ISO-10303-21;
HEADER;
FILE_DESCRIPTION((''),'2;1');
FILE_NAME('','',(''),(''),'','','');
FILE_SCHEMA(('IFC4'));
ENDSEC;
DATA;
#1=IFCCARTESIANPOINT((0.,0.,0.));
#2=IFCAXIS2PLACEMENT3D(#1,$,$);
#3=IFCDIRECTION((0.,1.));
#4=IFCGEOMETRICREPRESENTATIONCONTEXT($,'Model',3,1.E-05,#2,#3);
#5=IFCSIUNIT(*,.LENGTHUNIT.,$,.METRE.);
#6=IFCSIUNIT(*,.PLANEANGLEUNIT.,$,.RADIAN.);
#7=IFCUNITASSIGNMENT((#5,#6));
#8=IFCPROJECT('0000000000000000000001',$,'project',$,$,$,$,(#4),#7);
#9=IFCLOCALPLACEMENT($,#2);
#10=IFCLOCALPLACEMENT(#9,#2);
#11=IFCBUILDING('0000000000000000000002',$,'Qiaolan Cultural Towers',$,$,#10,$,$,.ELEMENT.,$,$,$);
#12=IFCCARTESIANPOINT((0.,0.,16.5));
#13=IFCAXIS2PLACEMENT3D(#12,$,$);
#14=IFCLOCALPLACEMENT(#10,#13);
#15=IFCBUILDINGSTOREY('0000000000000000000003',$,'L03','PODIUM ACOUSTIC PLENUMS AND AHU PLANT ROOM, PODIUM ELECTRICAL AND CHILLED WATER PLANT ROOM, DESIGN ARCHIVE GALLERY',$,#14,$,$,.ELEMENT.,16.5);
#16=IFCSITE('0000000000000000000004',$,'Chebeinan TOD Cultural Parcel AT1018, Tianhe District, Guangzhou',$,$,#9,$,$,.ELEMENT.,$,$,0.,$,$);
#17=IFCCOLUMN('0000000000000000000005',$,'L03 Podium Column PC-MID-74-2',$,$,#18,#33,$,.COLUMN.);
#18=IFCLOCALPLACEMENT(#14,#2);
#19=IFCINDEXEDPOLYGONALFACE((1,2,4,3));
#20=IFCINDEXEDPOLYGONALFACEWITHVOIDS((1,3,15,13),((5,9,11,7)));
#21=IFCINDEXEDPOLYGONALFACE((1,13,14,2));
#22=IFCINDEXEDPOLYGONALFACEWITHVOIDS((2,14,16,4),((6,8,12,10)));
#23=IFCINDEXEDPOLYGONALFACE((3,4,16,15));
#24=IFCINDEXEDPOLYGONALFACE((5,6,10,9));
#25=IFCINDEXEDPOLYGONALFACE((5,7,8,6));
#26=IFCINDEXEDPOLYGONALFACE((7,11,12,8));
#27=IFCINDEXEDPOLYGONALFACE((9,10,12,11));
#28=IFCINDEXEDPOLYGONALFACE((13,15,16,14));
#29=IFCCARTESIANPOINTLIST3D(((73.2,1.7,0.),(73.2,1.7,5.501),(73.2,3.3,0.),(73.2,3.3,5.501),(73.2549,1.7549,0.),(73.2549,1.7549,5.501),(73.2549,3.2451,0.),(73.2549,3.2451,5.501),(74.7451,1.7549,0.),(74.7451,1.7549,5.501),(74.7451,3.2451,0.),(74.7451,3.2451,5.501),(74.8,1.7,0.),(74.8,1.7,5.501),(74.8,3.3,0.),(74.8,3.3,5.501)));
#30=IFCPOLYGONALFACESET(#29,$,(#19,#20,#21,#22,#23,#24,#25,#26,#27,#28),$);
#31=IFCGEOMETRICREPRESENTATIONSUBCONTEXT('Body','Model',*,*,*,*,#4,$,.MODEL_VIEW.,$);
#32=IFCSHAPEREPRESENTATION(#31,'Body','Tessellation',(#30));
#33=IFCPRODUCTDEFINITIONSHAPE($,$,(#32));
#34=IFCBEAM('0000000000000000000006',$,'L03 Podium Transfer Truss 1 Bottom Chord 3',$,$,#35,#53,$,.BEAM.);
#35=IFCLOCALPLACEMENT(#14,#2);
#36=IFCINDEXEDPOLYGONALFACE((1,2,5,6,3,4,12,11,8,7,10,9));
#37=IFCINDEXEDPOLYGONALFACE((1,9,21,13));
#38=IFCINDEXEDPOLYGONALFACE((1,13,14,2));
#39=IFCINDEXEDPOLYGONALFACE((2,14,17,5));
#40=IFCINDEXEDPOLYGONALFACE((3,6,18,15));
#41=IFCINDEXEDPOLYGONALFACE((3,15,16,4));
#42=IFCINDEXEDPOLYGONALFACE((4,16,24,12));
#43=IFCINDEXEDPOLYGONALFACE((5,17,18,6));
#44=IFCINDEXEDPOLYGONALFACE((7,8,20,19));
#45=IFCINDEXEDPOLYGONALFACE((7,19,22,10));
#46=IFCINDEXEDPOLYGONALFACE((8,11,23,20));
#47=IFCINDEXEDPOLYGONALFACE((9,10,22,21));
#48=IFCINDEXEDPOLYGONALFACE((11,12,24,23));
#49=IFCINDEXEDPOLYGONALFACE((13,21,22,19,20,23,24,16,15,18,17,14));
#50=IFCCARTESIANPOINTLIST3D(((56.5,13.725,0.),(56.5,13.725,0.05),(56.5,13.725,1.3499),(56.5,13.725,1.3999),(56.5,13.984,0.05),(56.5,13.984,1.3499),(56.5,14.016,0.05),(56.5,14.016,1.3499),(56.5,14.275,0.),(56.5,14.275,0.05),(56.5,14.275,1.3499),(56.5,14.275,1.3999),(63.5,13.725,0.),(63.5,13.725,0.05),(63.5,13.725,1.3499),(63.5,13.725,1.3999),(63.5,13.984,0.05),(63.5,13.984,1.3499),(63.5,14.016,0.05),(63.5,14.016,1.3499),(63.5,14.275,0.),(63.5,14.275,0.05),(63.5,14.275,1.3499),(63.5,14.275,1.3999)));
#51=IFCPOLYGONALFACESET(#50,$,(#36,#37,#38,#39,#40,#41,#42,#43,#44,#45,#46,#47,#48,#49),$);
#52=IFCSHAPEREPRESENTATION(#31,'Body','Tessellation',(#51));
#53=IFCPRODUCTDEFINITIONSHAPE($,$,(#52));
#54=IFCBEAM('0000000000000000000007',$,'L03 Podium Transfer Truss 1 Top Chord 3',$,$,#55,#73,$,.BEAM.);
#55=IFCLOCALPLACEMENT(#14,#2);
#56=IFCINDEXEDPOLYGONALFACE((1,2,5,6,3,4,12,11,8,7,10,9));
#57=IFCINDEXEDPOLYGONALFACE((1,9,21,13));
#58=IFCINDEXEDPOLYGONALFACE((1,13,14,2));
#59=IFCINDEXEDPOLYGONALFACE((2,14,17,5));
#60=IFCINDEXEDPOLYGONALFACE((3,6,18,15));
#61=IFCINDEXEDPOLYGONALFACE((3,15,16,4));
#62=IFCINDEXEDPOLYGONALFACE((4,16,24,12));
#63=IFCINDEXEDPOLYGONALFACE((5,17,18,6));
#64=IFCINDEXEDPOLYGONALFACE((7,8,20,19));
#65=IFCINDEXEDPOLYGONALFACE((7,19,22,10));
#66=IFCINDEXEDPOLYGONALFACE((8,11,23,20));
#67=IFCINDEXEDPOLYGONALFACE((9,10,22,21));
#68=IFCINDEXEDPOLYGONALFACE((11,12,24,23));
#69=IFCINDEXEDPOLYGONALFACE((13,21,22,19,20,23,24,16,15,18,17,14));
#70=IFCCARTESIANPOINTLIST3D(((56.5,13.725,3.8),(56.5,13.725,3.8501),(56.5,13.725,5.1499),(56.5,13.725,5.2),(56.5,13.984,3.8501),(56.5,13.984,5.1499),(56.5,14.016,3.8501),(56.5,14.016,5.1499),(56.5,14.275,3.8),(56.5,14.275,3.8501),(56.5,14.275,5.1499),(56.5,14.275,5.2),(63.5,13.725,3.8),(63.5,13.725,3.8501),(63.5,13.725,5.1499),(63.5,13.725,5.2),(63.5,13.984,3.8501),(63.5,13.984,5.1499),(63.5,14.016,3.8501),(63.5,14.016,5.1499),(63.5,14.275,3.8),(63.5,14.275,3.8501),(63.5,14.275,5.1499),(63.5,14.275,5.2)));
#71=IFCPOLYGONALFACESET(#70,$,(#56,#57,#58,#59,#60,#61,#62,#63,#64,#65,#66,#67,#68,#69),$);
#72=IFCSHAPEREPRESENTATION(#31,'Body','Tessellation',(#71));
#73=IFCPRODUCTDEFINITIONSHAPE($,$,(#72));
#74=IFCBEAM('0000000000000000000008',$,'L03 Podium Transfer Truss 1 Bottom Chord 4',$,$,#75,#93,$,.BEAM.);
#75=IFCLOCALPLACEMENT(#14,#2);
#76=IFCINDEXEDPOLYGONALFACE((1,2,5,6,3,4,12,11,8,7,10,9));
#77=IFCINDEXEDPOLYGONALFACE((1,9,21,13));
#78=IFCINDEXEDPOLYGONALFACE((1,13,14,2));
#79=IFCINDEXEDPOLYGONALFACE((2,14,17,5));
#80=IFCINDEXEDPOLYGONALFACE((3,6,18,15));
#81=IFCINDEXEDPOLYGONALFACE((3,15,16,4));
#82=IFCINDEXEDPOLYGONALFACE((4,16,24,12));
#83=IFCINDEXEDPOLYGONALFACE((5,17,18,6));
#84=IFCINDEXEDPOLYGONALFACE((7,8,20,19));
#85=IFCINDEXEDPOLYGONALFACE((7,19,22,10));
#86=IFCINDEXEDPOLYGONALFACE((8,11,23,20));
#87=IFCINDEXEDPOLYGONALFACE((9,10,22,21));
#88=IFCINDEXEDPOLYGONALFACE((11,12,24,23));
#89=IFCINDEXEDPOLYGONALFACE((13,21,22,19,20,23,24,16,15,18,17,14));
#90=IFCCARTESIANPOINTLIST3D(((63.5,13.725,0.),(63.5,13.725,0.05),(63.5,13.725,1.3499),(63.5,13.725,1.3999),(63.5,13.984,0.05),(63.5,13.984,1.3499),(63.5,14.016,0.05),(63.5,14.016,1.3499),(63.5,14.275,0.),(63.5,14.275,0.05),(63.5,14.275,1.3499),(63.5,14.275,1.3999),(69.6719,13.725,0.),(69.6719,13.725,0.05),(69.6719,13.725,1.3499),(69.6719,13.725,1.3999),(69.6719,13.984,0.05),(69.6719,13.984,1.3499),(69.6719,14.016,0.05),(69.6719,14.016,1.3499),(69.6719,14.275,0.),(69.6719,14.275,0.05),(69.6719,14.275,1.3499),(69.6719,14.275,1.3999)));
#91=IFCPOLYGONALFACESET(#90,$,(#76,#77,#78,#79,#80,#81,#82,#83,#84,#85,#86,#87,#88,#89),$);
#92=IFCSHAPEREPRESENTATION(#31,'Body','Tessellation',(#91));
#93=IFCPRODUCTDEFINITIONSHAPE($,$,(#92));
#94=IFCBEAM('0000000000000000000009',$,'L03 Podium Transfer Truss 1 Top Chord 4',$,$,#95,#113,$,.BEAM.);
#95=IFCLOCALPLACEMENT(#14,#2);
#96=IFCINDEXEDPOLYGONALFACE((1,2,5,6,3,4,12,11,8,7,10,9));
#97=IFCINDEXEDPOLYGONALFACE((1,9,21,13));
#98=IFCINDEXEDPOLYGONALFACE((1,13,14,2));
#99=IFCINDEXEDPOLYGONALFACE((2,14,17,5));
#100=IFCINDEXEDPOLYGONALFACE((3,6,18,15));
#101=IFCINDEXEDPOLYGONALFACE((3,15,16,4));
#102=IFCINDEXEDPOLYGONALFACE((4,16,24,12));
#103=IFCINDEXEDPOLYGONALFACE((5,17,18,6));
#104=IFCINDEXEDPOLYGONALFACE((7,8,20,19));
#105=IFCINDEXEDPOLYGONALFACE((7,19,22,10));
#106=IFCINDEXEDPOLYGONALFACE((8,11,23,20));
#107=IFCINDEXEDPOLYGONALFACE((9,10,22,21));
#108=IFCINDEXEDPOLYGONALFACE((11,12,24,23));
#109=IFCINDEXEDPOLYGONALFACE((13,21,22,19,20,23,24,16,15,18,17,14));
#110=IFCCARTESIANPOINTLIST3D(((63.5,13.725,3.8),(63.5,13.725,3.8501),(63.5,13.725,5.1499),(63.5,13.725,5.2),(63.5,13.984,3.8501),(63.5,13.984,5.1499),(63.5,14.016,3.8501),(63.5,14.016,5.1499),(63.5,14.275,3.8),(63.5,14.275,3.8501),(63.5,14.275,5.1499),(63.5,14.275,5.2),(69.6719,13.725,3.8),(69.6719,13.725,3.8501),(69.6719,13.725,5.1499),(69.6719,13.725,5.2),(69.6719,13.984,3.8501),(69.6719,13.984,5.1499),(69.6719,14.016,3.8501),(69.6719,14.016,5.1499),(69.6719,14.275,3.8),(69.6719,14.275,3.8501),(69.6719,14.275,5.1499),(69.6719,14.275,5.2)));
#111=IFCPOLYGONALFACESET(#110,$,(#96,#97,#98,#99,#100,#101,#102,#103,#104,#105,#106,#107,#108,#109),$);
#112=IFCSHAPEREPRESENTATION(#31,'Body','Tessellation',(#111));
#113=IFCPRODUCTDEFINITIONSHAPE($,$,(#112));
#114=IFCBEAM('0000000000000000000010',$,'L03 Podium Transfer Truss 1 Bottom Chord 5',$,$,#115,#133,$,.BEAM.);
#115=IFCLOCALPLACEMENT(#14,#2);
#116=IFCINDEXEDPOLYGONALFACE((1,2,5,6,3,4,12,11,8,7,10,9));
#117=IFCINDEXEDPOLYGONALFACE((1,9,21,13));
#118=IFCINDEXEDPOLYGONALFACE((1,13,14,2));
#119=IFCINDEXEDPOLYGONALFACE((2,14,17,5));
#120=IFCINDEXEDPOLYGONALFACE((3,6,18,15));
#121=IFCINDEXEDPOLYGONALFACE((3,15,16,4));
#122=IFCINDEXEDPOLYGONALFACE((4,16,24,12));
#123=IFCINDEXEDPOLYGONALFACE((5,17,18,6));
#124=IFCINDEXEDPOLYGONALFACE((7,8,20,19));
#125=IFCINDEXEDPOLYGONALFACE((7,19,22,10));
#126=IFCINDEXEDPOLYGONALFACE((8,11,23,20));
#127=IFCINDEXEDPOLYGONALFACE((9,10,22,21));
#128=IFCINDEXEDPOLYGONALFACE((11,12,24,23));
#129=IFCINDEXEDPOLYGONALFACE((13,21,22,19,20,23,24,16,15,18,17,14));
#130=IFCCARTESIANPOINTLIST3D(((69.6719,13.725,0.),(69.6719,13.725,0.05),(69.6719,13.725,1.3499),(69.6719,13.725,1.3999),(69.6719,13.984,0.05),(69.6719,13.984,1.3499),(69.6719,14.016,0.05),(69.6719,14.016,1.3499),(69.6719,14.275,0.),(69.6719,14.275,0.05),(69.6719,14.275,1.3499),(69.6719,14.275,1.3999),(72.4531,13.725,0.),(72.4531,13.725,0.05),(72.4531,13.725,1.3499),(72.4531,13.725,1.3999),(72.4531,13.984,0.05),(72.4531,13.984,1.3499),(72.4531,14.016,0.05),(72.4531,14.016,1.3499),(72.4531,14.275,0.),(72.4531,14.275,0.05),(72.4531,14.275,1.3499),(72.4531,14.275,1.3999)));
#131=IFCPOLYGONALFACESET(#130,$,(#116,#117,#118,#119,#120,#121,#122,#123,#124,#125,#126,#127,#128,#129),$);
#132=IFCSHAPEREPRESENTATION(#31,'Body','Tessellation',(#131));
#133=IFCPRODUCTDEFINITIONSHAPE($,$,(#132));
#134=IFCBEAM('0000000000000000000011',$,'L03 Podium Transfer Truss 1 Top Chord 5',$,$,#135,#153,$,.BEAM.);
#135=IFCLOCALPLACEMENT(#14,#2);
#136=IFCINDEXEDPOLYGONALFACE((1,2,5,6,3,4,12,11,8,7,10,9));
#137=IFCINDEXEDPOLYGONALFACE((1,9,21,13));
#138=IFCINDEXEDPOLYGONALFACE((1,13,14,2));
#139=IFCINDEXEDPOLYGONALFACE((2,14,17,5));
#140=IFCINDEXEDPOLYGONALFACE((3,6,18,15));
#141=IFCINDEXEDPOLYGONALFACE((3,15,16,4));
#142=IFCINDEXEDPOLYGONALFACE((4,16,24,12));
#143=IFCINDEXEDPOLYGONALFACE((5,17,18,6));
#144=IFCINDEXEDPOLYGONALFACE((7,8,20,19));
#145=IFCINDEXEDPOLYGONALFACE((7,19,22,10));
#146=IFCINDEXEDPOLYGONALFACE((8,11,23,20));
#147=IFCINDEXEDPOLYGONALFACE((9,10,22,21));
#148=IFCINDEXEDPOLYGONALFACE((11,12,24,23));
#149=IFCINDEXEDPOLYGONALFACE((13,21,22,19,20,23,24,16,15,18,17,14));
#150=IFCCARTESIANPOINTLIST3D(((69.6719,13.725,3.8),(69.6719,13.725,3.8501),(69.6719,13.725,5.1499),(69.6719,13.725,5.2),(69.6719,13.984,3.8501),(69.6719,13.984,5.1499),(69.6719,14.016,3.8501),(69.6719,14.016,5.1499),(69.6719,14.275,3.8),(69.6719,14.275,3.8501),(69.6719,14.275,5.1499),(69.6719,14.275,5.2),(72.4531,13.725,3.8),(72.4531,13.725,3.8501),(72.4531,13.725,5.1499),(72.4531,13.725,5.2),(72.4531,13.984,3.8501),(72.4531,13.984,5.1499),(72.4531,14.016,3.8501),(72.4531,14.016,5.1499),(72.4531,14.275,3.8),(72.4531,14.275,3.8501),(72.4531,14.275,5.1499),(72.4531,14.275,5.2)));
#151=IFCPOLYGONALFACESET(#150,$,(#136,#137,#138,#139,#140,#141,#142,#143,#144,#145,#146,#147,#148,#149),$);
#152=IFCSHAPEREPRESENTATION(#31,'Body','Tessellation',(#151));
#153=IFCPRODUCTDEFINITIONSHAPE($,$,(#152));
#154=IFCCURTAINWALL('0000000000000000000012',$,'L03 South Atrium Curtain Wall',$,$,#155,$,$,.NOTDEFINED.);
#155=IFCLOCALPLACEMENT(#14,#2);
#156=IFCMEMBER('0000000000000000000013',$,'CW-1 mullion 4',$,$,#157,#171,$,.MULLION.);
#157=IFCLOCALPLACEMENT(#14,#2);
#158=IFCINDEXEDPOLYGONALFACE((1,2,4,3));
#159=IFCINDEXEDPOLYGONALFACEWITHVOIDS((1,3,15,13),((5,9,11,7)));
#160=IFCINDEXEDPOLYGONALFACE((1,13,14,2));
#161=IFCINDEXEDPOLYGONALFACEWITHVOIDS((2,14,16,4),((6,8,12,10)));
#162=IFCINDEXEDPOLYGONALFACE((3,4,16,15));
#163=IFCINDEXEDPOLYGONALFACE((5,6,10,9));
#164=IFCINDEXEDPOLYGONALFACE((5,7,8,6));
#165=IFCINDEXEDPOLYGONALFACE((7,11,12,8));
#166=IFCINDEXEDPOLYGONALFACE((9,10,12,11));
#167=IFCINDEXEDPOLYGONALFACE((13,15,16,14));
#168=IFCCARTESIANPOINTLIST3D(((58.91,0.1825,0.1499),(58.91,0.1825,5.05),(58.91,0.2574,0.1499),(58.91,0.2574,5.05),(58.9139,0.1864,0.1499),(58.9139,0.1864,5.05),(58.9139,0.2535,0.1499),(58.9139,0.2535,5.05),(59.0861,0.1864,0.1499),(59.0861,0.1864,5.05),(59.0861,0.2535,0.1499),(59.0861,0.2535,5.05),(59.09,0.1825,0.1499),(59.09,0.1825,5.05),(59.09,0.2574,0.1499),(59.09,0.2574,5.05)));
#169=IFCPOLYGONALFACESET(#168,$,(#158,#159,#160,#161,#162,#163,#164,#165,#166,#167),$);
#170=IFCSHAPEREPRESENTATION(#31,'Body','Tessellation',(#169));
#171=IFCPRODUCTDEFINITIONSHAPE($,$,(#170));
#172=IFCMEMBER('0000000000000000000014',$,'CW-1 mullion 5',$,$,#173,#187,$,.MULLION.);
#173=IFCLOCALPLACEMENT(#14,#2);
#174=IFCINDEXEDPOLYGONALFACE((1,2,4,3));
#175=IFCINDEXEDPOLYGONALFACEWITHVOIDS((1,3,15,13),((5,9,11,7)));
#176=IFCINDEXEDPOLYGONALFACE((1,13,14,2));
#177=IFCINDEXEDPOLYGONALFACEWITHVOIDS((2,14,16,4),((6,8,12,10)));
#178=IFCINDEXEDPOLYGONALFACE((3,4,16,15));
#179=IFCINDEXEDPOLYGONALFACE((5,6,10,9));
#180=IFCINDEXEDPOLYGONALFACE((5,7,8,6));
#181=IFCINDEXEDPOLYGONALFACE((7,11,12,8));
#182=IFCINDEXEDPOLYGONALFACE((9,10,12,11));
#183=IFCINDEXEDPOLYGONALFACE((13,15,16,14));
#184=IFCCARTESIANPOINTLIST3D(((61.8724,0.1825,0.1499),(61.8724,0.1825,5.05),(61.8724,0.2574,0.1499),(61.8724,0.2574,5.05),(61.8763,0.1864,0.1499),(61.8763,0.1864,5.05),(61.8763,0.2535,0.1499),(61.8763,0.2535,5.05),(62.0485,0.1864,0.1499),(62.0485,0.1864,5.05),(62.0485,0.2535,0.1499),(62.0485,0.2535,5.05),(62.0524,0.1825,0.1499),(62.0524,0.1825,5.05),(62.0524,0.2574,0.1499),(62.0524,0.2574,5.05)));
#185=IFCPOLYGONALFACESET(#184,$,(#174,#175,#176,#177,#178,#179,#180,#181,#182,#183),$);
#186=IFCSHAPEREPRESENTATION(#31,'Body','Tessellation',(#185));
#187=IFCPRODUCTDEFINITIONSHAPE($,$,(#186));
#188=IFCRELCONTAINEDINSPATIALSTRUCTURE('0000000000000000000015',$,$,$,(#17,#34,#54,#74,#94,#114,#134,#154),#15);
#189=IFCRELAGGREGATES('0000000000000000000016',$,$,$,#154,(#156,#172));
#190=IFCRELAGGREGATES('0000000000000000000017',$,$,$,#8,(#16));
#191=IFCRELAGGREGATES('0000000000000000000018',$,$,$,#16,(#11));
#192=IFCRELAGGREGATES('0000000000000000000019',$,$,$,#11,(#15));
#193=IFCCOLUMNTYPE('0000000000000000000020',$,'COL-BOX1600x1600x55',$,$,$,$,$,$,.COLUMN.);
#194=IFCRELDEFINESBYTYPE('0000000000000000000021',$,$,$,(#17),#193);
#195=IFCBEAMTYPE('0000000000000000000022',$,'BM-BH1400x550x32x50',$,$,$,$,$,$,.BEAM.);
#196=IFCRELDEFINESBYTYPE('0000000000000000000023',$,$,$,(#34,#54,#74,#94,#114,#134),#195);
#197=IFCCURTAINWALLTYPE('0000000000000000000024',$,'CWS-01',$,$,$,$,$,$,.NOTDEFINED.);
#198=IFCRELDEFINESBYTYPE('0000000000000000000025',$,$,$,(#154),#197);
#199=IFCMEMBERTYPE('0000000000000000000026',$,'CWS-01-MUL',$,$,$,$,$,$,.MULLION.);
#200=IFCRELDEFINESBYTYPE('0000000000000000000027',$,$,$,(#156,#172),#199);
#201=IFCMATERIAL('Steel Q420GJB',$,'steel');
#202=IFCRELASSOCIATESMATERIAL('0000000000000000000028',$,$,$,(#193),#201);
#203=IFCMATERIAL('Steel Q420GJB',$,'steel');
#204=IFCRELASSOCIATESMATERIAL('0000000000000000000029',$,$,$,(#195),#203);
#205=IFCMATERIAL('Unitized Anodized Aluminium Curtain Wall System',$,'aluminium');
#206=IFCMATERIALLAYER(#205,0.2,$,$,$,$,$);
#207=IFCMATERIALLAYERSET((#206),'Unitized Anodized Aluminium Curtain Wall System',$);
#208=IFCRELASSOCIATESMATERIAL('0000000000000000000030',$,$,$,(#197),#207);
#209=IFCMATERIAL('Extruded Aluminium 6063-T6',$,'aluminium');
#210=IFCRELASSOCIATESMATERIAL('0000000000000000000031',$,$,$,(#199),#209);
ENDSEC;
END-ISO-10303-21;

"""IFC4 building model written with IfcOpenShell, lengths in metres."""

from ifc_helpers import new_model, si_unit, direction, frame, origin, origin_2d, place, context, subcontext, project, spatial, hollow_rectangle, i_section, extrude, material, layer, layer_set, material_profile, profile_set, type_object, element, aggregate, save


model = new_model("IFC4")

# Units and contexts
model_context = context("Model", 3, precision=1e-05, world=origin(), true_north=direction((0.0, 1.0)))
body_context = subcontext(model_context, "Body", "Model", "MODEL_VIEW")
ifc_project = project(units=[si_unit("LENGTHUNIT", "METRE"), si_unit("PLANEANGLEUNIT", "RADIAN")], contexts=[model_context])

# Site, building, storey
site_placement = place(None, origin())
site = spatial("IfcSite", under=ifc_project, at=site_placement, Name="Chebeinan TOD Cultural Parcel AT1018, Tianhe District, Guangzhou", CompositionType="ELEMENT", RefElevation=0.0)
building_placement = place(site_placement, origin())
building = spatial("IfcBuilding", under=site, at=building_placement, Name="Qiaolan Cultural Towers", CompositionType="ELEMENT")
storey_placement = place(building_placement, frame((0.0, 0.0, 16.5)))
storey = spatial("IfcBuildingStorey", under=building, at=storey_placement, Name="L03", Description="PODIUM ACOUSTIC PLENUMS AND AHU PLANT ROOM, PODIUM ELECTRICAL AND CHILLED WATER PLANT ROOM, DESIGN ARCHIVE GALLERY", CompositionType="ELEMENT", Elevation=16.5)

# Column
ifc_material_1 = material(Name="Steel Q420GJB", Category="steel")
ifc_material_profile_1 = material_profile(ifc_material_1, hollow_rectangle(XDim=1.6001, YDim=1.6001, WallThickness=0.0549, at=origin_2d()), Name="BOX1600x1600x55")
ifc_profile_set_1 = profile_set([ifc_material_profile_1], Name="Steel Q420GJB")
column_type = type_object("IfcColumnType", Name="COL-BOX1600x1600x55", PredefinedType="COLUMN", material=ifc_profile_set_1)
column_placement = place(storey_placement, frame((74.0, 2.5, 0.0), z_axis=(0.0, 0.0, 1.0), x_axis=(1.0, 0.0, 0.0)))
element("IfcColumn", 1, at=column_placement, inside=storey, type_object=column_type, Name="L03 Podium Column PC-MID-74-2", PredefinedType="COLUMN", context=body_context, shape_type="SweptSolid", body=[
    extrude(hollow_rectangle(XDim=1.6001, YDim=1.6001, WallThickness=0.0549, at=origin_2d()), origin(), (0.0, 0.0, 1.0), 5.501),
])

# Beams
ifc_material_2 = material(Name="Steel Q420GJB", Category="steel")
ifc_material_profile_2 = material_profile(ifc_material_2, i_section(OverallWidth=0.55, OverallDepth=1.3999, WebThickness=0.032, FlangeThickness=0.05, at=origin_2d()), Name="BH1400x550x32x50")
ifc_profile_set_2 = profile_set([ifc_material_profile_2], Name="Steel Q420GJB")
beam_type = type_object("IfcBeamType", Name="BM-BH1400x550x32x50", PredefinedType="BEAM", material=ifc_profile_set_2)
for number, where, z_axis, x_axis, name in (
    (2, (56.5, 14.0, 0.7), (1.0, 0.0, 0.0), (0.0, 1.0, 0.0), "L03 Podium Transfer Truss 1 Bottom Chord 3"),
    (3, (56.5, 14.0, 4.5), (1.0, 0.0, 0.0), (0.0, 1.0, 0.0), "L03 Podium Transfer Truss 1 Top Chord 3"),
):
    element("IfcBeam", number, at=place(storey_placement, frame(where, z_axis=z_axis, x_axis=x_axis)), inside=storey, type_object=beam_type, Name=name, PredefinedType="BEAM", context=body_context, shape_type="SweptSolid", body=[
        extrude(i_section(OverallWidth=0.55, OverallDepth=1.3999, WebThickness=0.032, FlangeThickness=0.05, at=origin_2d()), origin(), (0.0, 0.0, 1.0), 7.0),
    ])
for number, where, z_axis, x_axis, name in (
    (4, (63.5, 14.0, 0.7), (1.0, 0.0, 0.0), (0.0, 1.0, 0.0), "L03 Podium Transfer Truss 1 Bottom Chord 4"),
    (5, (63.5, 14.0, 4.5), (1.0, 0.0, 0.0), (0.0, 1.0, 0.0), "L03 Podium Transfer Truss 1 Top Chord 4"),
):
    element("IfcBeam", number, at=place(storey_placement, frame(where, z_axis=z_axis, x_axis=x_axis)), inside=storey, type_object=beam_type, Name=name, PredefinedType="BEAM", context=body_context, shape_type="SweptSolid", body=[
        extrude(i_section(OverallWidth=0.55, OverallDepth=1.3999, WebThickness=0.032, FlangeThickness=0.05, at=origin_2d()), origin(), (0.0, 0.0, 1.0), 6.1719),
    ])
for number, where, z_axis, x_axis, name in (
    (6, (69.6719, 14.0, 0.7), (1.0, 0.0, 0.0), (0.0, 1.0, 0.0), "L03 Podium Transfer Truss 1 Bottom Chord 5"),
    (7, (69.6719, 14.0, 4.5), (1.0, 0.0, 0.0), (0.0, 1.0, 0.0), "L03 Podium Transfer Truss 1 Top Chord 5"),
):
    element("IfcBeam", number, at=place(storey_placement, frame(where, z_axis=z_axis, x_axis=x_axis)), inside=storey, type_object=beam_type, Name=name, PredefinedType="BEAM", context=body_context, shape_type="SweptSolid", body=[
        extrude(i_section(OverallWidth=0.55, OverallDepth=1.3999, WebThickness=0.032, FlangeThickness=0.05, at=origin_2d()), origin(), (0.0, 0.0, 1.0), 2.7812),
    ])

# Curtain wall, members
ifc_material_3 = material(Name="Unitized Anodized Aluminium Curtain Wall System", Category="aluminium")
ifc_layer_1 = layer(ifc_material_3, 0.2)
ifc_layer_set_1 = layer_set([ifc_layer_1], Name="Unitized Anodized Aluminium Curtain Wall System")
curtain_wall_type = type_object("IfcCurtainWallType", Name="CWS-01", PredefinedType="NOTDEFINED", material=ifc_layer_set_1)
curtain_wall_placement = place(storey_placement, origin())
curtain_wall = element("IfcCurtainWall", 8, at=curtain_wall_placement, inside=storey, type_object=curtain_wall_type, Name="L03 South Atrium Curtain Wall", PredefinedType="NOTDEFINED")
ifc_material_4 = material(Name="Extruded Aluminium 6063-T6", Category="aluminium")
ifc_material_profile_3 = material_profile(ifc_material_4, hollow_rectangle(XDim=0.075, YDim=0.1799, WallThickness=0.0039, at=origin_2d()), Name="CWM-180x75x4")
ifc_profile_set_3 = profile_set([ifc_material_profile_3], Name="Extruded Aluminium 6063-T6")
member_type_1 = type_object("IfcMemberType", Name="CWS-01-MUL", PredefinedType="MULLION", material=ifc_profile_set_3)
member_1_placement = place(storey_placement, frame((59.0, 0.22, 0.1499), z_axis=(0.0, 0.0, 1.0), x_axis=(0.0, 1.0, 0.0)))
member_1 = element("IfcMember", 9, at=member_1_placement, type_object=member_type_1, Name="CW-1 mullion 4", PredefinedType="MULLION", context=body_context, shape_type="SweptSolid", body=[
    extrude(hollow_rectangle(XDim=0.075, YDim=0.1799, WallThickness=0.0039, at=origin_2d()), origin(), (0.0, 0.0, 1.0), 4.9001),
])
member_2_placement = place(storey_placement, frame((61.9624, 0.22, 0.1499), z_axis=(0.0, 0.0, 1.0), x_axis=(0.0, 1.0, 0.0)))
member_2 = element("IfcMember", 10, at=member_2_placement, type_object=member_type_1, Name="CW-1 mullion 5", PredefinedType="MULLION", context=body_context, shape_type="SweptSolid", body=[
    extrude(hollow_rectangle(XDim=0.075, YDim=0.1799, WallThickness=0.0039, at=origin_2d()), origin(), (0.0, 0.0, 1.0), 4.9001),
])

aggregate(curtain_wall, [member_1, member_2])

save(model, "model.ifc")
